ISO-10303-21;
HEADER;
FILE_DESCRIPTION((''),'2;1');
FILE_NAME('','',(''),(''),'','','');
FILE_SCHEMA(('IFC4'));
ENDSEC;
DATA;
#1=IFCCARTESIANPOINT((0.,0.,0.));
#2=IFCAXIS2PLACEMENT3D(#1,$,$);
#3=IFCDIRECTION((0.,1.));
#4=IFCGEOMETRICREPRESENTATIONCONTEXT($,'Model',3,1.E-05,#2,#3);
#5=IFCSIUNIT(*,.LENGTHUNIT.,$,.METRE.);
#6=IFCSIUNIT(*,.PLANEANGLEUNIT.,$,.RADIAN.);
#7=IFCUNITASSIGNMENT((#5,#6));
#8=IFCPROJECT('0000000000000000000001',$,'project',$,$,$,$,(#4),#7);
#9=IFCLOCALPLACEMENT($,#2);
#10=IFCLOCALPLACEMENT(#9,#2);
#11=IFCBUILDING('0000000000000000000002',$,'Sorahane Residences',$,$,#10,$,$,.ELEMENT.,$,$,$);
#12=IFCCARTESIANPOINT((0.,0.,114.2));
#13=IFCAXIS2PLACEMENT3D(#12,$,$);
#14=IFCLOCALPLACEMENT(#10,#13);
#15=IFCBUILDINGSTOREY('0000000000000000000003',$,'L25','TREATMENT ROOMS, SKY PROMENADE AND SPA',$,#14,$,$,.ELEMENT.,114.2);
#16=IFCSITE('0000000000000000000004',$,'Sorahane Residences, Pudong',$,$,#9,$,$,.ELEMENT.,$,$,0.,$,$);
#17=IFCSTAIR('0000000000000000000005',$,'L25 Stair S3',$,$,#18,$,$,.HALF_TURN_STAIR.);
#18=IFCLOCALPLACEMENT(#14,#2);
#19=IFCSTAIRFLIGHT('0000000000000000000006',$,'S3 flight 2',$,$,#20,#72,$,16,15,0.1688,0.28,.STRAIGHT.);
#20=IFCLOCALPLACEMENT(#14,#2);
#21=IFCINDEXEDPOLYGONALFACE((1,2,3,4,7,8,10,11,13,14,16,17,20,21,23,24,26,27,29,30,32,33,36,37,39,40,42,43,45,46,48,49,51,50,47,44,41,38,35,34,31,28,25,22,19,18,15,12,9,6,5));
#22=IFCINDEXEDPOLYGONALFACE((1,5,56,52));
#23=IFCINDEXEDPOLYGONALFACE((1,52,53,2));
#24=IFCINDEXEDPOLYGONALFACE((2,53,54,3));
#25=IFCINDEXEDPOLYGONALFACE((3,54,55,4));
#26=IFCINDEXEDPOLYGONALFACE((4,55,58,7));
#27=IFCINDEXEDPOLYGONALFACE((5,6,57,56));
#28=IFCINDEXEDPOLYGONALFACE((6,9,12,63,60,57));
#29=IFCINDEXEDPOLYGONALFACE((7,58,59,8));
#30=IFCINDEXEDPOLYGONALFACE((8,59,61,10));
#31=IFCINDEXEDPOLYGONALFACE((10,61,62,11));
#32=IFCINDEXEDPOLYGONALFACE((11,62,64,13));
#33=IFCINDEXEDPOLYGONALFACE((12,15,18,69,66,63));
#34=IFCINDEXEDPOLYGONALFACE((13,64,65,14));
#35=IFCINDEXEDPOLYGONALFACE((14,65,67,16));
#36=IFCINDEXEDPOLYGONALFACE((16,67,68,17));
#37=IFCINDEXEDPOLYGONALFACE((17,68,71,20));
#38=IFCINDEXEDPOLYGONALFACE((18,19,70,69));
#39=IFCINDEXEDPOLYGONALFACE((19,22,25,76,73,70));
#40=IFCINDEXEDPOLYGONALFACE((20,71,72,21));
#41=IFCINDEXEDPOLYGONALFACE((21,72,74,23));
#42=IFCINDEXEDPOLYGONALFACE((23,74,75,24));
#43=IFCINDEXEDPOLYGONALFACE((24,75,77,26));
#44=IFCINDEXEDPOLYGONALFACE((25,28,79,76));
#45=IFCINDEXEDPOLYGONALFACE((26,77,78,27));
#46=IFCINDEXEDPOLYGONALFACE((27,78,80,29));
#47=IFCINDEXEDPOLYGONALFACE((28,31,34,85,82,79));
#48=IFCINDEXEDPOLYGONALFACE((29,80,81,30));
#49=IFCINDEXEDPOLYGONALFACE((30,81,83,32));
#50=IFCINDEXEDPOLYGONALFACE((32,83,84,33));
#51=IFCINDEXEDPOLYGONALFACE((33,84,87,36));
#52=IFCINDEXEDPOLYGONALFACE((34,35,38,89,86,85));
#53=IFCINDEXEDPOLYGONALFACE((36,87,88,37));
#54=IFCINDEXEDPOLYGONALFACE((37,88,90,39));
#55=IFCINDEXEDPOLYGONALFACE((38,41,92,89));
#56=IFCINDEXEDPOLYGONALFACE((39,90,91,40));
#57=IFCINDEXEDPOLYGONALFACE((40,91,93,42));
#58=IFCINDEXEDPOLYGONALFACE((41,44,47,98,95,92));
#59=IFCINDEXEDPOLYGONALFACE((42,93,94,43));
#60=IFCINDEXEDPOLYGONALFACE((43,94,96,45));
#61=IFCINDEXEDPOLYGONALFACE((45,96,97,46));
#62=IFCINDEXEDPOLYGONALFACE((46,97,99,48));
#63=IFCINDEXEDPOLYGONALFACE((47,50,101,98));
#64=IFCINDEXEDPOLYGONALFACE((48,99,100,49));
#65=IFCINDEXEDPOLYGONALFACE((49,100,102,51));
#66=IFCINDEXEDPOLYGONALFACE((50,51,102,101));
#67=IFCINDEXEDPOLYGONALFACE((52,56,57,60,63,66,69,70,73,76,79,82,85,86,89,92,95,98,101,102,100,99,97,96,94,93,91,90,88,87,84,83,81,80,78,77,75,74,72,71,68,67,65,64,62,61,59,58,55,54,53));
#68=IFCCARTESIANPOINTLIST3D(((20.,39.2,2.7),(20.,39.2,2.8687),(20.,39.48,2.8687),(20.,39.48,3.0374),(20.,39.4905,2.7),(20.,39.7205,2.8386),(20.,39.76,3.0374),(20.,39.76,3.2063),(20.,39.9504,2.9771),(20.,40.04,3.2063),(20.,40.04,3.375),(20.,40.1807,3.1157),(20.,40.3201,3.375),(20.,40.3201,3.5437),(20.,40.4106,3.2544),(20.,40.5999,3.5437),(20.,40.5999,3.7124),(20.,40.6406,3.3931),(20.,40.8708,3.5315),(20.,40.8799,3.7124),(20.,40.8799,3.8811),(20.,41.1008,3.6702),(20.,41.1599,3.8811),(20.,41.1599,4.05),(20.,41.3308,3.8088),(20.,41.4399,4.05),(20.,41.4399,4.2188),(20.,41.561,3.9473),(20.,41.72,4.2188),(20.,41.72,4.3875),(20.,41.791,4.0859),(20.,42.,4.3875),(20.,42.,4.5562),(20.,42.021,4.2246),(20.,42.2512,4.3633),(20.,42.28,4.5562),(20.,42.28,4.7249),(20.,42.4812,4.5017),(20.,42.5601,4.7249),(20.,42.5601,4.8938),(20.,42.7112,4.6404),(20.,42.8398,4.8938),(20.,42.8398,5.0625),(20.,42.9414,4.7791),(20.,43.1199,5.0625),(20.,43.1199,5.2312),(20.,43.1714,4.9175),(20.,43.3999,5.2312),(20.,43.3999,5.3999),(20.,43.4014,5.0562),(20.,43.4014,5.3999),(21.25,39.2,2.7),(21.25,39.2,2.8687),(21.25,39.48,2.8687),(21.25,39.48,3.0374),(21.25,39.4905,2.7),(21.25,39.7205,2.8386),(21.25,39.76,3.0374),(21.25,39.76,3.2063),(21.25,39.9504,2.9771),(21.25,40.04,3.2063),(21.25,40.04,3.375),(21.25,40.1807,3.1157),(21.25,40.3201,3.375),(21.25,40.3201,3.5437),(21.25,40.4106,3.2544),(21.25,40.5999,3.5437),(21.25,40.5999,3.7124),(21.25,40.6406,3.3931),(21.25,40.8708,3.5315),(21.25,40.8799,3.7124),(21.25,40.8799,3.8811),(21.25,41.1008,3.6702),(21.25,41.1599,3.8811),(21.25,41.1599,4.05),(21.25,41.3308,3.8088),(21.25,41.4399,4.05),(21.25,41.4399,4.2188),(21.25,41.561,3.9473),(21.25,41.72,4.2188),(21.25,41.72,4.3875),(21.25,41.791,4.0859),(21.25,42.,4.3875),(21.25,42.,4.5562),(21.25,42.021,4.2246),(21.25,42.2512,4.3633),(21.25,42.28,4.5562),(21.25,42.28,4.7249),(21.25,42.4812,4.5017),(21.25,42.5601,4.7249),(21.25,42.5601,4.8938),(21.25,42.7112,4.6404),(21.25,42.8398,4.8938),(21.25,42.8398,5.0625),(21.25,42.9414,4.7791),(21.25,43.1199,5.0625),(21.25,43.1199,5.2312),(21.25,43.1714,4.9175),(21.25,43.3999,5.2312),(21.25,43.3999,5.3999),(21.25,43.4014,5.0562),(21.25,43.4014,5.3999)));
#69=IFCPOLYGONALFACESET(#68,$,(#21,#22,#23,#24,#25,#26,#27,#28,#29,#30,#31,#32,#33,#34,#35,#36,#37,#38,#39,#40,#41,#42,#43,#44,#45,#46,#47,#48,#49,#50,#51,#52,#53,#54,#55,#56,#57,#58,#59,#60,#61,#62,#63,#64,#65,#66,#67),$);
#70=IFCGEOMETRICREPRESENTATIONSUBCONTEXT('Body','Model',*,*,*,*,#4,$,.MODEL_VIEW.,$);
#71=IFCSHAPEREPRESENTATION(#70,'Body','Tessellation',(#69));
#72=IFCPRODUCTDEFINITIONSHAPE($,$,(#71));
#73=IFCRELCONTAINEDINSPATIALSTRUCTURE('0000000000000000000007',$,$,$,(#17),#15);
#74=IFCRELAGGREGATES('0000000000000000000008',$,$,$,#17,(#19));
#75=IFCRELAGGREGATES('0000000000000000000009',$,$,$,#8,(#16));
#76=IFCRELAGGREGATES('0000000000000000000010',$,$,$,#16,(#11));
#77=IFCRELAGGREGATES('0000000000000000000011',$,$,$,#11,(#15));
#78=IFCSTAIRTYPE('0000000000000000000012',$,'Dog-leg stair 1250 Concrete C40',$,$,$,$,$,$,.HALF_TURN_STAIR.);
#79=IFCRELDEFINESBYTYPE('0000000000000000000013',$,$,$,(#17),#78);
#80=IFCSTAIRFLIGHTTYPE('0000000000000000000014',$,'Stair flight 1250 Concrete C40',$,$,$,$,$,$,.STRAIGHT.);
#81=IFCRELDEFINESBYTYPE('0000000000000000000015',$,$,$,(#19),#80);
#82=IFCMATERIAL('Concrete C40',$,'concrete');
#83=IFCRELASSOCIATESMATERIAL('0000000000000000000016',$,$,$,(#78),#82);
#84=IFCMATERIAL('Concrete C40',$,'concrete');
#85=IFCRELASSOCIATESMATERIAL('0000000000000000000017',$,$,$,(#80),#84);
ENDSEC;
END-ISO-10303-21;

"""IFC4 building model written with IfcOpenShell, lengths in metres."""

from ifc_helpers import new_model, si_unit, direction, frame, origin, place, context, subcontext, project, spatial, polyline, outline, extrude, material, type_object, element, aggregate, save


model = new_model("IFC4")

# Units and contexts
model_context = context("Model", 3, precision=1e-05, world=origin(), true_north=direction((0.0, 1.0)))
body_context = subcontext(model_context, "Body", "Model", "MODEL_VIEW")
ifc_project = project(units=[si_unit("LENGTHUNIT", "METRE"), si_unit("PLANEANGLEUNIT", "RADIAN")], contexts=[model_context])

# Site, building, storey
site_placement = place(None, origin())
site = spatial("IfcSite", under=ifc_project, at=site_placement, Name="Sorahane Residences, Pudong", CompositionType="ELEMENT", RefElevation=0.0)
building_placement = place(site_placement, origin())
building = spatial("IfcBuilding", under=site, at=building_placement, Name="Sorahane Residences", CompositionType="ELEMENT")
storey_placement = place(building_placement, frame((0.0, 0.0, 114.2)))
storey = spatial("IfcBuildingStorey", under=building, at=storey_placement, Name="L25", Description="TREATMENT ROOMS, SKY PROMENADE AND SPA", CompositionType="ELEMENT", Elevation=114.2)

# Shared definitions
ifc_material_1 = material(Name="Concrete C40", Category="concrete")
stair_type = type_object("IfcStairType", Name="Dog-leg stair 1250 Concrete C40", PredefinedType="HALF_TURN_STAIR", material=ifc_material_1)
ifc_material_2 = material(Name="Concrete C40", Category="concrete")
stair_flight_type = type_object("IfcStairFlightType", Name="Stair flight 1250 Concrete C40", PredefinedType="STRAIGHT", material=ifc_material_2)

# Stair, stair flight
stair_1_placement = place(storey_placement, origin())
stair_1 = element("IfcStair", 1, at=stair_1_placement, inside=storey, type_object=stair_type, Name="L25 Stair S3", PredefinedType="HALF_TURN_STAIR")
stair_flight_1_placement = place(storey_placement, frame((20.625, 39.2, 2.7), z_axis=(0.0, 0.0, 1.0), x_axis=(0.0, 1.0, 0.0)))
stair_flight_1 = element("IfcStairFlight", 2, at=stair_flight_1_placement, type_object=stair_flight_type, Name="S3 flight 2", NumberOfRisers=16, NumberOfTreads=15, PredefinedType="STRAIGHT", RiserHeight=0.1688, TreadLength=0.28, context=body_context, shape_type="SweptSolid", body=[
    extrude(outline(polyline([(0.0, 0.0), (0.0, 0.1687), (0.28, 0.1687), (0.28, 0.3374), (0.5601, 0.3374), (0.5601, 0.5063), (0.8401, 0.5063), (0.8401, 0.675), (1.1201, 0.675), (1.1201, 0.8438), (1.3999, 0.8438), (1.3999, 1.0125), (1.6799, 1.0125), (1.6799, 1.1812), (1.96, 1.1812), (1.96, 1.3501), (2.24, 1.3501), (2.24, 1.5188), (2.52, 1.5188), (2.52, 1.6875), (2.8, 1.6875), (2.8, 1.8562), (3.0801, 1.8562), (3.0801, 2.0249), (3.3601, 2.0249), (3.3601, 2.1938), (3.6399, 2.1938), (3.6399, 2.3625), (3.9199, 2.3625), (3.9199, 2.5312), (4.2, 2.5312), (4.2, 2.7), (4.2014, 2.7), (4.2014, 2.3562), (3.9714, 2.2175), (3.7415, 2.0791), (3.5112, 1.9404), (3.2812, 1.8018), (3.0513, 1.6633), (2.821, 1.5247), (2.5911, 1.386), (2.3611, 1.2473), (2.1309, 1.1089), (1.9009, 0.9702), (1.6709, 0.8315), (1.4407, 0.6931), (1.2107, 0.5544), (0.9807, 0.4158), (0.7505, 0.2771), (0.5205, 0.1387), (0.2905, 0.0), (0.0, 0.0)])), frame((0.0, 0.625, 0.0), z_axis=(0.0, -1.0, 0.0), x_axis=(1.0, 0.0, 0.0)), (0.0, 0.0, 1.0), 1.25),
])
aggregate(stair_1, [stair_flight_1])

save(model, "model.ifc")
